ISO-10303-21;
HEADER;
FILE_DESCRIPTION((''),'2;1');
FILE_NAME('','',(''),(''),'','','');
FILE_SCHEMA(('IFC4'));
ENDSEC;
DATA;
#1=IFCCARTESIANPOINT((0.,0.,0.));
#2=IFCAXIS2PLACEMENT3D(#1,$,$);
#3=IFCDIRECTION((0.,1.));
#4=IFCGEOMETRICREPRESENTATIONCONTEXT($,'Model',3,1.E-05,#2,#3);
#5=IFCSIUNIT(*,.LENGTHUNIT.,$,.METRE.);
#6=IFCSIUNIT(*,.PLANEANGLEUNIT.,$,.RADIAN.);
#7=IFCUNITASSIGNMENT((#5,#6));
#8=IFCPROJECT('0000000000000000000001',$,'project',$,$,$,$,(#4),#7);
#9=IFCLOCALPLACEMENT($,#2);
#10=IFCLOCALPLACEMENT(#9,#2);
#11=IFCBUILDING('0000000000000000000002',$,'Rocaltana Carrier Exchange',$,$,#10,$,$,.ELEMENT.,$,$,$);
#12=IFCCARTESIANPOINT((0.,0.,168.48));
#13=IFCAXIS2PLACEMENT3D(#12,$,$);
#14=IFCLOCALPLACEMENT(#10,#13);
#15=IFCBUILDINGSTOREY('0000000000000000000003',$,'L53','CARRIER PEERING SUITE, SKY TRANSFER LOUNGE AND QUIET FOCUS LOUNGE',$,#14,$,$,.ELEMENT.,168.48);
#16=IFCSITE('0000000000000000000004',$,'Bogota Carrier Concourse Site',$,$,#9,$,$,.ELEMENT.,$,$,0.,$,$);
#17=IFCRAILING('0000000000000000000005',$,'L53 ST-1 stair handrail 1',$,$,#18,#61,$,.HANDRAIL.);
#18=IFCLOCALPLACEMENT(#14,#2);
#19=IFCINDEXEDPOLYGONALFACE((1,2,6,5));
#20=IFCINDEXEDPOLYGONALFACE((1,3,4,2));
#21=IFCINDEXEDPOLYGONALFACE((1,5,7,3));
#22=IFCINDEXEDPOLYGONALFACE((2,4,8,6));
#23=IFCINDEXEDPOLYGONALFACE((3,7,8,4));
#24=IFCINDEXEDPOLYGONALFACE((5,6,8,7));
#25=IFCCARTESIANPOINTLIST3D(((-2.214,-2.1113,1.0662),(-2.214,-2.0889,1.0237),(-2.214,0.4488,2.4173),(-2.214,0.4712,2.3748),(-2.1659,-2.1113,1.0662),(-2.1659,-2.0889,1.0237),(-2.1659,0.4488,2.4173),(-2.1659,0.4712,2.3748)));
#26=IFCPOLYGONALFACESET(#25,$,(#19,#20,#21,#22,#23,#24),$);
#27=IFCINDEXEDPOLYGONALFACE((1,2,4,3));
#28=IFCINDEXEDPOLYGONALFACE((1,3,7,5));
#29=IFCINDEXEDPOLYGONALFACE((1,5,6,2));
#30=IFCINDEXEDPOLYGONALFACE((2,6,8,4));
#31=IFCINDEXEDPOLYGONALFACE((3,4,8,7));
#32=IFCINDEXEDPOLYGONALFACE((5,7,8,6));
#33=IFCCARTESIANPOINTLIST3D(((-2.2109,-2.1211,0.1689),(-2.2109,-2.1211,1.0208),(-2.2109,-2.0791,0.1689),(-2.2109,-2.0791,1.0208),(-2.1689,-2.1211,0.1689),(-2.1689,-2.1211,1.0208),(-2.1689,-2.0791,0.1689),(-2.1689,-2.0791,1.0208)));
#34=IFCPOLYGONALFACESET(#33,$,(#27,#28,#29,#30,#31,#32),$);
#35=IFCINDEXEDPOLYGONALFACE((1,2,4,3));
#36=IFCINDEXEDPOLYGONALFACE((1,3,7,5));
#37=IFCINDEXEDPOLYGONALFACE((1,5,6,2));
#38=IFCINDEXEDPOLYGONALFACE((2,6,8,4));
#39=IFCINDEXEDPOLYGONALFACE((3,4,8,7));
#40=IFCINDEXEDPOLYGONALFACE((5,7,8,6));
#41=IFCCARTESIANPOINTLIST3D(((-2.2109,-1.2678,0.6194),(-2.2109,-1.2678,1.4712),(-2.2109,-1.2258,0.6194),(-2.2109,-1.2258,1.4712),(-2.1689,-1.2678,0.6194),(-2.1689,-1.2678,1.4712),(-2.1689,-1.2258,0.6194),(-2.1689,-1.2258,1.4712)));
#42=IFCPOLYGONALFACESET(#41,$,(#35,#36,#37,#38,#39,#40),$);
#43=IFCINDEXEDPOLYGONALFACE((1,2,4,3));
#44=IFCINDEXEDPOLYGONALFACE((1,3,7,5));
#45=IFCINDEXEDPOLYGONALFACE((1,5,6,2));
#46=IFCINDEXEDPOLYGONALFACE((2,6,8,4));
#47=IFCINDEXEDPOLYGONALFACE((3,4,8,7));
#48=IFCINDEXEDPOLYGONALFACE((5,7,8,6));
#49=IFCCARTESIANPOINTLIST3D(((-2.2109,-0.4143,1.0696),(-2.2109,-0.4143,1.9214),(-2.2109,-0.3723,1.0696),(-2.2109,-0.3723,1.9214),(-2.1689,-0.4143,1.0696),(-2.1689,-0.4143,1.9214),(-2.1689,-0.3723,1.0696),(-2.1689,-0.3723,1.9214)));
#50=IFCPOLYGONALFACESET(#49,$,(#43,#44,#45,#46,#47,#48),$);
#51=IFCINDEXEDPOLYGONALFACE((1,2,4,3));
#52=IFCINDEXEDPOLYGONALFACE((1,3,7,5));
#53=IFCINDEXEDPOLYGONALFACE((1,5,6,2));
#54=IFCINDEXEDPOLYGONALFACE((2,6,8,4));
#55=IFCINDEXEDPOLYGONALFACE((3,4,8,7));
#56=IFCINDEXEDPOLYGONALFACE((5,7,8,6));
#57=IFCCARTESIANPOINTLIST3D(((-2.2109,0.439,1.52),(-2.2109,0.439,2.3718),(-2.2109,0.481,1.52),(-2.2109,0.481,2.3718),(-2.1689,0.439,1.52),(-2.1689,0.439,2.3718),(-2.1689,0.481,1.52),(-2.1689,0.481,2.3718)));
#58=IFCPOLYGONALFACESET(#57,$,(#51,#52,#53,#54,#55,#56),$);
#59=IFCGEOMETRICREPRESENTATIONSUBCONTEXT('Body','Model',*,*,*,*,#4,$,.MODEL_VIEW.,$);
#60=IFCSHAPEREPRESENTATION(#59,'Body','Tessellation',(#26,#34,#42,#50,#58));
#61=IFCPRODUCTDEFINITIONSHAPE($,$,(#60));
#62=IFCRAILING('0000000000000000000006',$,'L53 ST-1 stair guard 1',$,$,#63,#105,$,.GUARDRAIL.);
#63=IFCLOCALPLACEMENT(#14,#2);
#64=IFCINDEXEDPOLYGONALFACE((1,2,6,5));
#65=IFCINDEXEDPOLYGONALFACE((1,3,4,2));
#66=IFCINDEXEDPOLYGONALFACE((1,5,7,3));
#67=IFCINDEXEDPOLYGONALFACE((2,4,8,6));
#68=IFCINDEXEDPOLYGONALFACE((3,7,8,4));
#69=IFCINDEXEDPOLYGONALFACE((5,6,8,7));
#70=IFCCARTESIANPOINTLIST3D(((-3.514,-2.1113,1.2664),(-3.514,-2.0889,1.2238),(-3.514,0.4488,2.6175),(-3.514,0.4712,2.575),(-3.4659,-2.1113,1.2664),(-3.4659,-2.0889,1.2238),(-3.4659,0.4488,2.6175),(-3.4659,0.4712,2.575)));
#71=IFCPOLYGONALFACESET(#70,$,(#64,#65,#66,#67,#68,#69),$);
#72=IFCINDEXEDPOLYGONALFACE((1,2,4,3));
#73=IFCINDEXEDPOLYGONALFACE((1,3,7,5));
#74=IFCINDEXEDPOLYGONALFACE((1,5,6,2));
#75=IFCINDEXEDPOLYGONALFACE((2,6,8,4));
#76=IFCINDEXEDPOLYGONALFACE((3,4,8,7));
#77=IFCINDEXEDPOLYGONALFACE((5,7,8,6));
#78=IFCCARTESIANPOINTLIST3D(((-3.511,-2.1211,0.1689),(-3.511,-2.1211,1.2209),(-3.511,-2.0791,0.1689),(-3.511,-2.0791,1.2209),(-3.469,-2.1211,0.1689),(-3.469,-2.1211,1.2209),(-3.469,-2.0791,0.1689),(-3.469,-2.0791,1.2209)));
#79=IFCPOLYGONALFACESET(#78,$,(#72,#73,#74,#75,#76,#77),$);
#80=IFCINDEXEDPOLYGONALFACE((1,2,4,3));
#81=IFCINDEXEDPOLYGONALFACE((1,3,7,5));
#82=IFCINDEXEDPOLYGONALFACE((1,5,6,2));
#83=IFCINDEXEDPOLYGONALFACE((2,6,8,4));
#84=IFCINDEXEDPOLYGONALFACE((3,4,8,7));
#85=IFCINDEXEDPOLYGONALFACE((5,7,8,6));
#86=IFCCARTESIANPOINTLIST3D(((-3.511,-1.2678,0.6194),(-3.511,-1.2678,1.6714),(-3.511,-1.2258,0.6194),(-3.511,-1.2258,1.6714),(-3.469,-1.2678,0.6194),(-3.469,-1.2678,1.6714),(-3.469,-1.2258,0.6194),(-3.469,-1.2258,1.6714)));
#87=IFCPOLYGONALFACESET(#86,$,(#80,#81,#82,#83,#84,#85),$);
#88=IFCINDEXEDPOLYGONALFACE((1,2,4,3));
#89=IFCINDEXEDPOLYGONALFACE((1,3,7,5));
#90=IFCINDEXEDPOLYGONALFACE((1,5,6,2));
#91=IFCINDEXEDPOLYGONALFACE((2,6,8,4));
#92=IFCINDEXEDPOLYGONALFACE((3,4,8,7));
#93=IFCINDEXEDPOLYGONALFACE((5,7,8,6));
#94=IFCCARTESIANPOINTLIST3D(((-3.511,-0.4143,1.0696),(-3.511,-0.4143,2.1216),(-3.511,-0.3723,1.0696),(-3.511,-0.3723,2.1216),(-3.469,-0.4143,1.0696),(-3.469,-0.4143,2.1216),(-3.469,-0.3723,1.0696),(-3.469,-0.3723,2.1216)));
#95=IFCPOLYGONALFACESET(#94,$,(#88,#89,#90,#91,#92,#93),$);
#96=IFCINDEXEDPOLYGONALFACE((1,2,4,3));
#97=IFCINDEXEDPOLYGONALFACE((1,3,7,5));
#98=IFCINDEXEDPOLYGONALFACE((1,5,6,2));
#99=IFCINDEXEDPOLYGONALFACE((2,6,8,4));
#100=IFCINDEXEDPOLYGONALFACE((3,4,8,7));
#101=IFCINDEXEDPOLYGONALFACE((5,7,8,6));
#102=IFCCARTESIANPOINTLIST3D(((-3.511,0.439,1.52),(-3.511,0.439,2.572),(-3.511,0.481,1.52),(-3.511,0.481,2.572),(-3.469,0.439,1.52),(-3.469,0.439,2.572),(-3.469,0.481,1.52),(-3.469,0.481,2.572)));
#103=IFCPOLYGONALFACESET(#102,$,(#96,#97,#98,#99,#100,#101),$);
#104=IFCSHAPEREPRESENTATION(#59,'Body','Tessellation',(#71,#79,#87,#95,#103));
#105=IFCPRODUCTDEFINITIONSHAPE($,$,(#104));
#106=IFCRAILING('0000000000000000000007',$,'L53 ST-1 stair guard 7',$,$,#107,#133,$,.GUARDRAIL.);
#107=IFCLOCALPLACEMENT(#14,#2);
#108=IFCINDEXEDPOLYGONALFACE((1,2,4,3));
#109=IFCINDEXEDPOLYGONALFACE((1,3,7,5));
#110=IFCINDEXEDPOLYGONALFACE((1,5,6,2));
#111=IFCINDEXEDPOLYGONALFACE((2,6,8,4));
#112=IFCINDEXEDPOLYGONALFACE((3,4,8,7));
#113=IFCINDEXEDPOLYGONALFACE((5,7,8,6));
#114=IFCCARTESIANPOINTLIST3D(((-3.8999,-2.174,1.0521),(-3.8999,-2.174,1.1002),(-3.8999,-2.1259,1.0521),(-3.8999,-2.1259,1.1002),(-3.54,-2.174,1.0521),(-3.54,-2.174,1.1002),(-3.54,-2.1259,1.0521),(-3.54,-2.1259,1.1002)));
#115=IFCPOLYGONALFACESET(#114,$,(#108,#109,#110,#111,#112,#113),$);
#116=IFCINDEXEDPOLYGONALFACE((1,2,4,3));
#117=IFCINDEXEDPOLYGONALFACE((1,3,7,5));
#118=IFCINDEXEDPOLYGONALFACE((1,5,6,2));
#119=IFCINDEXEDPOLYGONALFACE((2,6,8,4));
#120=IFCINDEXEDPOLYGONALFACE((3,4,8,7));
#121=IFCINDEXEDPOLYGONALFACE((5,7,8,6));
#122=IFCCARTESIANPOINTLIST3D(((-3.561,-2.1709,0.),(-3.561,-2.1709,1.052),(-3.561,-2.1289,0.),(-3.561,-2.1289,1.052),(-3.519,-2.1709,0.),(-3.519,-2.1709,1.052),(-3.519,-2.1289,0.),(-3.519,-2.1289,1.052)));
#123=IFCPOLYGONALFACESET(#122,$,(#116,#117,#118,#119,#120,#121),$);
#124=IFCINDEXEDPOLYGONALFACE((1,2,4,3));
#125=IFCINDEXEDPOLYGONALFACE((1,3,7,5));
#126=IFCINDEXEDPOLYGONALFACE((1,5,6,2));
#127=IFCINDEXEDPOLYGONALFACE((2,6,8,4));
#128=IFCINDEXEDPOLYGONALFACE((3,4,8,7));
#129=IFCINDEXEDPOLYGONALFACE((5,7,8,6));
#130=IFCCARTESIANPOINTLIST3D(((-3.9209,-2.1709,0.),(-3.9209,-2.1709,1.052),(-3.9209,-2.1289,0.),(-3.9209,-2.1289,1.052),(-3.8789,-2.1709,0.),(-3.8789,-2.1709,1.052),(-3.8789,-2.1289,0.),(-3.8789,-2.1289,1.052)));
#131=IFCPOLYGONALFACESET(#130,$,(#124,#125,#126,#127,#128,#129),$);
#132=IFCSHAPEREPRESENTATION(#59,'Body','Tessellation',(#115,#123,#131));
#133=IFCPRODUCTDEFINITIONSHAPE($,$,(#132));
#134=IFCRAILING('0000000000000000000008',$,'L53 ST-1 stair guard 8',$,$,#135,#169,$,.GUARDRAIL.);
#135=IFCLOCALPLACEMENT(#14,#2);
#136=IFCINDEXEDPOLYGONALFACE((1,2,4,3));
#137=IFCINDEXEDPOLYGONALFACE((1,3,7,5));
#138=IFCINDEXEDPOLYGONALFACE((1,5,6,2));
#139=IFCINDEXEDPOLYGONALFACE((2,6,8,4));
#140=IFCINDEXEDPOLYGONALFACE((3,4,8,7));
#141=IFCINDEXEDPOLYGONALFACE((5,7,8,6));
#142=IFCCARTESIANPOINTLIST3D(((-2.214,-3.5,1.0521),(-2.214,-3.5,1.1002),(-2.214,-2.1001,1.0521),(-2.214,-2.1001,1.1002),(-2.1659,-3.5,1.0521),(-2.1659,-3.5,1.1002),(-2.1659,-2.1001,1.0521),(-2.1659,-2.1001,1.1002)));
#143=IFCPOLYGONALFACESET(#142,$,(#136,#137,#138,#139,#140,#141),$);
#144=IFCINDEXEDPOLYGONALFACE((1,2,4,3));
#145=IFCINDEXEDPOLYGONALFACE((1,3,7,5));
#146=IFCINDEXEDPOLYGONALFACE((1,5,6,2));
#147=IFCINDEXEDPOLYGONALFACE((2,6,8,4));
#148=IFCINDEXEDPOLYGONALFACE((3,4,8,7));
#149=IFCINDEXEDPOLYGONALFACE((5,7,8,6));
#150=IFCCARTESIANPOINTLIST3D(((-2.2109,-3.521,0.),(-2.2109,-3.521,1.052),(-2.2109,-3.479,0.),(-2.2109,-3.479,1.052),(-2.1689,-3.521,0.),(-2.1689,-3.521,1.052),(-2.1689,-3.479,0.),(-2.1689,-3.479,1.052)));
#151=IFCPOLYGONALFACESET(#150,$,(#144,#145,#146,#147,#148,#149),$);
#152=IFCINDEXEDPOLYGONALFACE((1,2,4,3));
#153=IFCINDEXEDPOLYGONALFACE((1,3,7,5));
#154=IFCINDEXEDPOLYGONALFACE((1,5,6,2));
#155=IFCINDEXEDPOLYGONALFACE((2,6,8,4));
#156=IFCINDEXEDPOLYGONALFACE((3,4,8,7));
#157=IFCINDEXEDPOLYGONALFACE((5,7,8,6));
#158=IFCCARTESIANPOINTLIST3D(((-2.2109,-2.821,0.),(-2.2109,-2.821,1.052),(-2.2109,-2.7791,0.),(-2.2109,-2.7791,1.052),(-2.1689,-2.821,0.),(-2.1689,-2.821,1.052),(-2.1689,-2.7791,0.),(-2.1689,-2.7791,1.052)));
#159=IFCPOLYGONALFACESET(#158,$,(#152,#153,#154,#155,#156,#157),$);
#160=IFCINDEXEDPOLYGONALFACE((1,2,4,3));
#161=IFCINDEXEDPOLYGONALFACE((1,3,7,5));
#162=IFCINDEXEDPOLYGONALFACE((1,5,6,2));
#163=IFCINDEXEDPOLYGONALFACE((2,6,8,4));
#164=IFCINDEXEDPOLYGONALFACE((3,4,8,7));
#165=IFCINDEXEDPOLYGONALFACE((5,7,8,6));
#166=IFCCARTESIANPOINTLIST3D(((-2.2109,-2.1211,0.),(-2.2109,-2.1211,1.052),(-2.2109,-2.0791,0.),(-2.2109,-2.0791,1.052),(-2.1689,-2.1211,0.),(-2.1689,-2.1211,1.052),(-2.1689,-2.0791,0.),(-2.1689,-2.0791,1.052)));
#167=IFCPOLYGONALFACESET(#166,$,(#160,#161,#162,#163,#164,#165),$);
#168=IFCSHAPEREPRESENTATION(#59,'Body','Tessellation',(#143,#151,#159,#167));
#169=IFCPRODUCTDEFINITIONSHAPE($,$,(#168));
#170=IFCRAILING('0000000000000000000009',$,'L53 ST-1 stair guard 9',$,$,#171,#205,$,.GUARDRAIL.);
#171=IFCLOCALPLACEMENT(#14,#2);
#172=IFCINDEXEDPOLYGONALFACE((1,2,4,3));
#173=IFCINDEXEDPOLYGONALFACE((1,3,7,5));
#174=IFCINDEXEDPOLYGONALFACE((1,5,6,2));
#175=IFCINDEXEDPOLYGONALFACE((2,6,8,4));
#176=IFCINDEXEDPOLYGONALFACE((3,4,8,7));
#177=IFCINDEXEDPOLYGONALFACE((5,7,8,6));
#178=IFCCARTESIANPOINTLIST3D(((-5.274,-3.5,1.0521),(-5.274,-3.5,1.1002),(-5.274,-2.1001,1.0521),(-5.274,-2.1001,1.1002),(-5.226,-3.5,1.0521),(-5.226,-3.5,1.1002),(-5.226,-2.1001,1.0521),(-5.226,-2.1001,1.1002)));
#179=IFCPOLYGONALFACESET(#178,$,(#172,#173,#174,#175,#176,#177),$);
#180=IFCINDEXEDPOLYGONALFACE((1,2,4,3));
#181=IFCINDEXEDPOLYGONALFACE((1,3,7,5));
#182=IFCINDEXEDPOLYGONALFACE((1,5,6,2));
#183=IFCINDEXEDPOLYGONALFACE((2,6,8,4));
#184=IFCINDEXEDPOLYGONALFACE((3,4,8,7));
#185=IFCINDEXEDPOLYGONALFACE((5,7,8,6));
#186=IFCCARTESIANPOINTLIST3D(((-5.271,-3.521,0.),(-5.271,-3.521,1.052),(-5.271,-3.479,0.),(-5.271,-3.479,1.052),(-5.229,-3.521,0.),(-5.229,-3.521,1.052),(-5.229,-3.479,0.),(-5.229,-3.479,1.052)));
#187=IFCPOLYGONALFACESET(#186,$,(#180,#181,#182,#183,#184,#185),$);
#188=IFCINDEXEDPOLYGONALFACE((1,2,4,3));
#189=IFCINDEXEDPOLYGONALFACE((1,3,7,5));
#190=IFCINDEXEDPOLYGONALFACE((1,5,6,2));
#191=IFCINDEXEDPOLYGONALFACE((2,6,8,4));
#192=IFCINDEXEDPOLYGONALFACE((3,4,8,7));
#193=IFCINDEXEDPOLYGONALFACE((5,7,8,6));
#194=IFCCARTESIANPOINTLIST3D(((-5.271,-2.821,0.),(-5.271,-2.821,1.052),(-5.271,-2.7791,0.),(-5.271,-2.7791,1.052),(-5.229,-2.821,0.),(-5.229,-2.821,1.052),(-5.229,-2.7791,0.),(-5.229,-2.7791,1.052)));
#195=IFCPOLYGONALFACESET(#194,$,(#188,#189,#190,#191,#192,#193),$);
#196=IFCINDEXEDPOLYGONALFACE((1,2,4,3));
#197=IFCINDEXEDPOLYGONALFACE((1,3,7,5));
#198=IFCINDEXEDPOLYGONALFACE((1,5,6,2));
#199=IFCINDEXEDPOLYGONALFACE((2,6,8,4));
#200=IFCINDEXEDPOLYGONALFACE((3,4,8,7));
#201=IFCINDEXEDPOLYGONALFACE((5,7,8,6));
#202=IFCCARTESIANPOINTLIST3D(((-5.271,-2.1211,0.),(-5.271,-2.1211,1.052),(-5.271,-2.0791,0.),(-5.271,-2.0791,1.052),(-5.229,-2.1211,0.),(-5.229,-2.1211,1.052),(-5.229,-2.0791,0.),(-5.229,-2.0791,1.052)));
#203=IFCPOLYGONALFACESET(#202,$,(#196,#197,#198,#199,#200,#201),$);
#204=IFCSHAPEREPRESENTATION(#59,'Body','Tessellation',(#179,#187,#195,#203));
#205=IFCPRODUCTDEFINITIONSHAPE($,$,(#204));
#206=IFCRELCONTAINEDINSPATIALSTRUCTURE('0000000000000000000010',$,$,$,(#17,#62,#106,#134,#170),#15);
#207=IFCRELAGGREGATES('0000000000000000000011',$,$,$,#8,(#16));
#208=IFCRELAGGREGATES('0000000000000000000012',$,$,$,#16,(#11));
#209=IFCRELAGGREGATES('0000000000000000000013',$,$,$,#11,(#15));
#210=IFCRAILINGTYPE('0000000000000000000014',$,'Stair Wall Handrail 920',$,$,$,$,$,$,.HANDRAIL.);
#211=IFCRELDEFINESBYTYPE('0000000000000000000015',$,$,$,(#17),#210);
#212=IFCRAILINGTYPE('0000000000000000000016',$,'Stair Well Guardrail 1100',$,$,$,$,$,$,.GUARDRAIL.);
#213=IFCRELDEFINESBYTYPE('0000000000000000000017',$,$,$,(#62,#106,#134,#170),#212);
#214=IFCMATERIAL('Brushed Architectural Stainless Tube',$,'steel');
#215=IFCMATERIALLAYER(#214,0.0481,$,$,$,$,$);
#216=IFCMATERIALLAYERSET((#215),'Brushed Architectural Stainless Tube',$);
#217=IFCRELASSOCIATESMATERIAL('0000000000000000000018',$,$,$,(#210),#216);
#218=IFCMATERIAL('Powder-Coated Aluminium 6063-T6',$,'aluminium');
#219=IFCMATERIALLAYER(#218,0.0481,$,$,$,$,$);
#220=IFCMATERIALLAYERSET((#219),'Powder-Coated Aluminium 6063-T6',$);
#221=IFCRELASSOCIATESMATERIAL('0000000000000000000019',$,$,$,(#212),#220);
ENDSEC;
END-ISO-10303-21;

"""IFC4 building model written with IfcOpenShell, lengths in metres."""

from ifc_helpers import new_model, si_unit, direction, frame, origin, origin_2d, place, context, subcontext, project, spatial, rectangle, extrude, material, layer, layer_set, type_object, element, save


model = new_model("IFC4")

# Units and contexts
model_context = context("Model", 3, precision=1e-05, world=origin(), true_north=direction((0.0, 1.0)))
body_context = subcontext(model_context, "Body", "Model", "MODEL_VIEW")
ifc_project = project(units=[si_unit("LENGTHUNIT", "METRE"), si_unit("PLANEANGLEUNIT", "RADIAN")], contexts=[model_context])

# Site, building, storey
site_placement = place(None, origin())
site = spatial("IfcSite", under=ifc_project, at=site_placement, Name="Bogota Carrier Concourse Site", CompositionType="ELEMENT", RefElevation=0.0)
building_placement = place(site_placement, origin())
building = spatial("IfcBuilding", under=site, at=building_placement, Name="Rocaltana Carrier Exchange", CompositionType="ELEMENT")
storey_placement = place(building_placement, frame((0.0, 0.0, 168.48)))
storey = spatial("IfcBuildingStorey", under=building, at=storey_placement, Name="L53", Description="CARRIER PEERING SUITE, SKY TRANSFER LOUNGE AND QUIET FOCUS LOUNGE", CompositionType="ELEMENT", Elevation=168.48)

# Railings
ifc_material_1 = material(Name="Brushed Architectural Stainless Tube", Category="steel")
ifc_layer_1 = layer(ifc_material_1, 0.0481)
ifc_layer_set_1 = layer_set([ifc_layer_1], Name="Brushed Architectural Stainless Tube")
railing_type_1 = type_object("IfcRailingType", Name="Stair Wall Handrail 920", PredefinedType="HANDRAIL", material=ifc_layer_set_1)
railing_1_placement = place(storey_placement, frame((-2.1899, -2.1001, 0.1689)))
element("IfcRailing", 1, at=railing_1_placement, inside=storey, type_object=railing_type_1, Name="L53 ST-1 stair handrail 1", PredefinedType="HANDRAIL", context=body_context, shape_type="SweptSolid", body=[
    extrude(rectangle(XDim=0.0481, YDim=0.0481, at=origin_2d()), frame((0.0, 0.0, 0.876), z_axis=(0.0, 0.884394, 0.46674), x_axis=(-1.0, 0.0, 0.0)), (0.0, 0.0, 1.0), 2.8948),
    extrude(rectangle(XDim=0.042, YDim=0.042, at=origin_2d()), origin(), (0.0, 0.0, 1.0), 0.8518),
    extrude(rectangle(XDim=0.042, YDim=0.042, at=origin_2d()), frame((0.0, 0.8533, 0.4504)), (0.0, 0.0, 1.0), 0.8518),
    extrude(rectangle(XDim=0.042, YDim=0.042, at=origin_2d()), frame((0.0, 1.7068, 0.9006)), (0.0, 0.0, 1.0), 0.8518),
    extrude(rectangle(XDim=0.042, YDim=0.042, at=origin_2d()), frame((0.0, 2.5601, 1.3511)), (0.0, 0.0, 1.0), 0.8518),
])
ifc_material_2 = material(Name="Powder-Coated Aluminium 6063-T6", Category="aluminium")
ifc_layer_2 = layer(ifc_material_2, 0.0481)
ifc_layer_set_2 = layer_set([ifc_layer_2], Name="Powder-Coated Aluminium 6063-T6")
railing_type_2 = type_object("IfcRailingType", Name="Stair Well Guardrail 1100", PredefinedType="GUARDRAIL", material=ifc_layer_set_2)
railing_2_placement = place(storey_placement, frame((-3.49, -2.1001, 0.1689)))
element("IfcRailing", 2, at=railing_2_placement, inside=storey, type_object=railing_type_2, Name="L53 ST-1 stair guard 1", PredefinedType="GUARDRAIL", context=body_context, shape_type="SweptSolid", body=[
    extrude(rectangle(XDim=0.0481, YDim=0.0481, at=origin_2d()), frame((0.0, 0.0, 1.0762), z_axis=(0.0, 0.884394, 0.46674), x_axis=(-1.0, 0.0, 0.0)), (0.0, 0.0, 1.0), 2.8948),
    extrude(rectangle(XDim=0.042, YDim=0.042, at=origin_2d()), origin(), (0.0, 0.0, 1.0), 1.052),
    extrude(rectangle(XDim=0.042, YDim=0.042, at=origin_2d()), frame((0.0, 0.8533, 0.4504)), (0.0, 0.0, 1.0), 1.052),
    extrude(rectangle(XDim=0.042, YDim=0.042, at=origin_2d()), frame((0.0, 1.7068, 0.9006)), (0.0, 0.0, 1.0), 1.052),
    extrude(rectangle(XDim=0.042, YDim=0.042, at=origin_2d()), frame((0.0, 2.5601, 1.3511)), (0.0, 0.0, 1.0), 1.052),
])
railing_3_placement = place(storey_placement, frame((-3.54, -2.1499, 0.0)))
element("IfcRailing", 3, at=railing_3_placement, inside=storey, type_object=railing_type_2, Name="L53 ST-1 stair guard 7", PredefinedType="GUARDRAIL", context=body_context, shape_type="SweptSolid", body=[
    extrude(rectangle(XDim=0.0481, YDim=0.0481, at=origin_2d()), frame((0.0, 0.0, 1.0762), z_axis=(-1.0, 0.0, 0.0), x_axis=(0.0, -1.0, 0.0)), (0.0, 0.0, 1.0), 0.3599),
    extrude(rectangle(XDim=0.042, YDim=0.042, at=origin_2d()), origin(), (0.0, 0.0, 1.0), 1.052),
    extrude(rectangle(XDim=0.042, YDim=0.042, at=origin_2d()), frame((-0.3599, 0.0, 0.0)), (0.0, 0.0, 1.0), 1.052),
])
for number, where, name in (
    (4, (-2.1899, -3.5, 0.0), "L53 ST-1 stair guard 8"),
    (5, (-5.25, -3.5, 0.0), "L53 ST-1 stair guard 9"),
):
    element("IfcRailing", number, at=place(storey_placement, frame(where)), inside=storey, type_object=railing_type_2, Name=name, PredefinedType="GUARDRAIL", context=body_context, shape_type="SweptSolid", body=[
        extrude(rectangle(XDim=0.0481, YDim=0.0481, at=origin_2d()), frame((0.0, 0.0, 1.0762), z_axis=(0.0, 1.0, 0.0), x_axis=(-1.0, 0.0, 0.0)), (0.0, 0.0, 1.0), 1.3999),
        extrude(rectangle(XDim=0.042, YDim=0.042, at=origin_2d()), origin(), (0.0, 0.0, 1.0), 1.052),
        extrude(rectangle(XDim=0.042, YDim=0.042, at=origin_2d()), frame((0.0, 0.7, 0.0)), (0.0, 0.0, 1.0), 1.052),
        extrude(rectangle(XDim=0.042, YDim=0.042, at=origin_2d()), frame((0.0, 1.3999, 0.0)), (0.0, 0.0, 1.0), 1.052),
    ])

save(model, "model.ifc")
